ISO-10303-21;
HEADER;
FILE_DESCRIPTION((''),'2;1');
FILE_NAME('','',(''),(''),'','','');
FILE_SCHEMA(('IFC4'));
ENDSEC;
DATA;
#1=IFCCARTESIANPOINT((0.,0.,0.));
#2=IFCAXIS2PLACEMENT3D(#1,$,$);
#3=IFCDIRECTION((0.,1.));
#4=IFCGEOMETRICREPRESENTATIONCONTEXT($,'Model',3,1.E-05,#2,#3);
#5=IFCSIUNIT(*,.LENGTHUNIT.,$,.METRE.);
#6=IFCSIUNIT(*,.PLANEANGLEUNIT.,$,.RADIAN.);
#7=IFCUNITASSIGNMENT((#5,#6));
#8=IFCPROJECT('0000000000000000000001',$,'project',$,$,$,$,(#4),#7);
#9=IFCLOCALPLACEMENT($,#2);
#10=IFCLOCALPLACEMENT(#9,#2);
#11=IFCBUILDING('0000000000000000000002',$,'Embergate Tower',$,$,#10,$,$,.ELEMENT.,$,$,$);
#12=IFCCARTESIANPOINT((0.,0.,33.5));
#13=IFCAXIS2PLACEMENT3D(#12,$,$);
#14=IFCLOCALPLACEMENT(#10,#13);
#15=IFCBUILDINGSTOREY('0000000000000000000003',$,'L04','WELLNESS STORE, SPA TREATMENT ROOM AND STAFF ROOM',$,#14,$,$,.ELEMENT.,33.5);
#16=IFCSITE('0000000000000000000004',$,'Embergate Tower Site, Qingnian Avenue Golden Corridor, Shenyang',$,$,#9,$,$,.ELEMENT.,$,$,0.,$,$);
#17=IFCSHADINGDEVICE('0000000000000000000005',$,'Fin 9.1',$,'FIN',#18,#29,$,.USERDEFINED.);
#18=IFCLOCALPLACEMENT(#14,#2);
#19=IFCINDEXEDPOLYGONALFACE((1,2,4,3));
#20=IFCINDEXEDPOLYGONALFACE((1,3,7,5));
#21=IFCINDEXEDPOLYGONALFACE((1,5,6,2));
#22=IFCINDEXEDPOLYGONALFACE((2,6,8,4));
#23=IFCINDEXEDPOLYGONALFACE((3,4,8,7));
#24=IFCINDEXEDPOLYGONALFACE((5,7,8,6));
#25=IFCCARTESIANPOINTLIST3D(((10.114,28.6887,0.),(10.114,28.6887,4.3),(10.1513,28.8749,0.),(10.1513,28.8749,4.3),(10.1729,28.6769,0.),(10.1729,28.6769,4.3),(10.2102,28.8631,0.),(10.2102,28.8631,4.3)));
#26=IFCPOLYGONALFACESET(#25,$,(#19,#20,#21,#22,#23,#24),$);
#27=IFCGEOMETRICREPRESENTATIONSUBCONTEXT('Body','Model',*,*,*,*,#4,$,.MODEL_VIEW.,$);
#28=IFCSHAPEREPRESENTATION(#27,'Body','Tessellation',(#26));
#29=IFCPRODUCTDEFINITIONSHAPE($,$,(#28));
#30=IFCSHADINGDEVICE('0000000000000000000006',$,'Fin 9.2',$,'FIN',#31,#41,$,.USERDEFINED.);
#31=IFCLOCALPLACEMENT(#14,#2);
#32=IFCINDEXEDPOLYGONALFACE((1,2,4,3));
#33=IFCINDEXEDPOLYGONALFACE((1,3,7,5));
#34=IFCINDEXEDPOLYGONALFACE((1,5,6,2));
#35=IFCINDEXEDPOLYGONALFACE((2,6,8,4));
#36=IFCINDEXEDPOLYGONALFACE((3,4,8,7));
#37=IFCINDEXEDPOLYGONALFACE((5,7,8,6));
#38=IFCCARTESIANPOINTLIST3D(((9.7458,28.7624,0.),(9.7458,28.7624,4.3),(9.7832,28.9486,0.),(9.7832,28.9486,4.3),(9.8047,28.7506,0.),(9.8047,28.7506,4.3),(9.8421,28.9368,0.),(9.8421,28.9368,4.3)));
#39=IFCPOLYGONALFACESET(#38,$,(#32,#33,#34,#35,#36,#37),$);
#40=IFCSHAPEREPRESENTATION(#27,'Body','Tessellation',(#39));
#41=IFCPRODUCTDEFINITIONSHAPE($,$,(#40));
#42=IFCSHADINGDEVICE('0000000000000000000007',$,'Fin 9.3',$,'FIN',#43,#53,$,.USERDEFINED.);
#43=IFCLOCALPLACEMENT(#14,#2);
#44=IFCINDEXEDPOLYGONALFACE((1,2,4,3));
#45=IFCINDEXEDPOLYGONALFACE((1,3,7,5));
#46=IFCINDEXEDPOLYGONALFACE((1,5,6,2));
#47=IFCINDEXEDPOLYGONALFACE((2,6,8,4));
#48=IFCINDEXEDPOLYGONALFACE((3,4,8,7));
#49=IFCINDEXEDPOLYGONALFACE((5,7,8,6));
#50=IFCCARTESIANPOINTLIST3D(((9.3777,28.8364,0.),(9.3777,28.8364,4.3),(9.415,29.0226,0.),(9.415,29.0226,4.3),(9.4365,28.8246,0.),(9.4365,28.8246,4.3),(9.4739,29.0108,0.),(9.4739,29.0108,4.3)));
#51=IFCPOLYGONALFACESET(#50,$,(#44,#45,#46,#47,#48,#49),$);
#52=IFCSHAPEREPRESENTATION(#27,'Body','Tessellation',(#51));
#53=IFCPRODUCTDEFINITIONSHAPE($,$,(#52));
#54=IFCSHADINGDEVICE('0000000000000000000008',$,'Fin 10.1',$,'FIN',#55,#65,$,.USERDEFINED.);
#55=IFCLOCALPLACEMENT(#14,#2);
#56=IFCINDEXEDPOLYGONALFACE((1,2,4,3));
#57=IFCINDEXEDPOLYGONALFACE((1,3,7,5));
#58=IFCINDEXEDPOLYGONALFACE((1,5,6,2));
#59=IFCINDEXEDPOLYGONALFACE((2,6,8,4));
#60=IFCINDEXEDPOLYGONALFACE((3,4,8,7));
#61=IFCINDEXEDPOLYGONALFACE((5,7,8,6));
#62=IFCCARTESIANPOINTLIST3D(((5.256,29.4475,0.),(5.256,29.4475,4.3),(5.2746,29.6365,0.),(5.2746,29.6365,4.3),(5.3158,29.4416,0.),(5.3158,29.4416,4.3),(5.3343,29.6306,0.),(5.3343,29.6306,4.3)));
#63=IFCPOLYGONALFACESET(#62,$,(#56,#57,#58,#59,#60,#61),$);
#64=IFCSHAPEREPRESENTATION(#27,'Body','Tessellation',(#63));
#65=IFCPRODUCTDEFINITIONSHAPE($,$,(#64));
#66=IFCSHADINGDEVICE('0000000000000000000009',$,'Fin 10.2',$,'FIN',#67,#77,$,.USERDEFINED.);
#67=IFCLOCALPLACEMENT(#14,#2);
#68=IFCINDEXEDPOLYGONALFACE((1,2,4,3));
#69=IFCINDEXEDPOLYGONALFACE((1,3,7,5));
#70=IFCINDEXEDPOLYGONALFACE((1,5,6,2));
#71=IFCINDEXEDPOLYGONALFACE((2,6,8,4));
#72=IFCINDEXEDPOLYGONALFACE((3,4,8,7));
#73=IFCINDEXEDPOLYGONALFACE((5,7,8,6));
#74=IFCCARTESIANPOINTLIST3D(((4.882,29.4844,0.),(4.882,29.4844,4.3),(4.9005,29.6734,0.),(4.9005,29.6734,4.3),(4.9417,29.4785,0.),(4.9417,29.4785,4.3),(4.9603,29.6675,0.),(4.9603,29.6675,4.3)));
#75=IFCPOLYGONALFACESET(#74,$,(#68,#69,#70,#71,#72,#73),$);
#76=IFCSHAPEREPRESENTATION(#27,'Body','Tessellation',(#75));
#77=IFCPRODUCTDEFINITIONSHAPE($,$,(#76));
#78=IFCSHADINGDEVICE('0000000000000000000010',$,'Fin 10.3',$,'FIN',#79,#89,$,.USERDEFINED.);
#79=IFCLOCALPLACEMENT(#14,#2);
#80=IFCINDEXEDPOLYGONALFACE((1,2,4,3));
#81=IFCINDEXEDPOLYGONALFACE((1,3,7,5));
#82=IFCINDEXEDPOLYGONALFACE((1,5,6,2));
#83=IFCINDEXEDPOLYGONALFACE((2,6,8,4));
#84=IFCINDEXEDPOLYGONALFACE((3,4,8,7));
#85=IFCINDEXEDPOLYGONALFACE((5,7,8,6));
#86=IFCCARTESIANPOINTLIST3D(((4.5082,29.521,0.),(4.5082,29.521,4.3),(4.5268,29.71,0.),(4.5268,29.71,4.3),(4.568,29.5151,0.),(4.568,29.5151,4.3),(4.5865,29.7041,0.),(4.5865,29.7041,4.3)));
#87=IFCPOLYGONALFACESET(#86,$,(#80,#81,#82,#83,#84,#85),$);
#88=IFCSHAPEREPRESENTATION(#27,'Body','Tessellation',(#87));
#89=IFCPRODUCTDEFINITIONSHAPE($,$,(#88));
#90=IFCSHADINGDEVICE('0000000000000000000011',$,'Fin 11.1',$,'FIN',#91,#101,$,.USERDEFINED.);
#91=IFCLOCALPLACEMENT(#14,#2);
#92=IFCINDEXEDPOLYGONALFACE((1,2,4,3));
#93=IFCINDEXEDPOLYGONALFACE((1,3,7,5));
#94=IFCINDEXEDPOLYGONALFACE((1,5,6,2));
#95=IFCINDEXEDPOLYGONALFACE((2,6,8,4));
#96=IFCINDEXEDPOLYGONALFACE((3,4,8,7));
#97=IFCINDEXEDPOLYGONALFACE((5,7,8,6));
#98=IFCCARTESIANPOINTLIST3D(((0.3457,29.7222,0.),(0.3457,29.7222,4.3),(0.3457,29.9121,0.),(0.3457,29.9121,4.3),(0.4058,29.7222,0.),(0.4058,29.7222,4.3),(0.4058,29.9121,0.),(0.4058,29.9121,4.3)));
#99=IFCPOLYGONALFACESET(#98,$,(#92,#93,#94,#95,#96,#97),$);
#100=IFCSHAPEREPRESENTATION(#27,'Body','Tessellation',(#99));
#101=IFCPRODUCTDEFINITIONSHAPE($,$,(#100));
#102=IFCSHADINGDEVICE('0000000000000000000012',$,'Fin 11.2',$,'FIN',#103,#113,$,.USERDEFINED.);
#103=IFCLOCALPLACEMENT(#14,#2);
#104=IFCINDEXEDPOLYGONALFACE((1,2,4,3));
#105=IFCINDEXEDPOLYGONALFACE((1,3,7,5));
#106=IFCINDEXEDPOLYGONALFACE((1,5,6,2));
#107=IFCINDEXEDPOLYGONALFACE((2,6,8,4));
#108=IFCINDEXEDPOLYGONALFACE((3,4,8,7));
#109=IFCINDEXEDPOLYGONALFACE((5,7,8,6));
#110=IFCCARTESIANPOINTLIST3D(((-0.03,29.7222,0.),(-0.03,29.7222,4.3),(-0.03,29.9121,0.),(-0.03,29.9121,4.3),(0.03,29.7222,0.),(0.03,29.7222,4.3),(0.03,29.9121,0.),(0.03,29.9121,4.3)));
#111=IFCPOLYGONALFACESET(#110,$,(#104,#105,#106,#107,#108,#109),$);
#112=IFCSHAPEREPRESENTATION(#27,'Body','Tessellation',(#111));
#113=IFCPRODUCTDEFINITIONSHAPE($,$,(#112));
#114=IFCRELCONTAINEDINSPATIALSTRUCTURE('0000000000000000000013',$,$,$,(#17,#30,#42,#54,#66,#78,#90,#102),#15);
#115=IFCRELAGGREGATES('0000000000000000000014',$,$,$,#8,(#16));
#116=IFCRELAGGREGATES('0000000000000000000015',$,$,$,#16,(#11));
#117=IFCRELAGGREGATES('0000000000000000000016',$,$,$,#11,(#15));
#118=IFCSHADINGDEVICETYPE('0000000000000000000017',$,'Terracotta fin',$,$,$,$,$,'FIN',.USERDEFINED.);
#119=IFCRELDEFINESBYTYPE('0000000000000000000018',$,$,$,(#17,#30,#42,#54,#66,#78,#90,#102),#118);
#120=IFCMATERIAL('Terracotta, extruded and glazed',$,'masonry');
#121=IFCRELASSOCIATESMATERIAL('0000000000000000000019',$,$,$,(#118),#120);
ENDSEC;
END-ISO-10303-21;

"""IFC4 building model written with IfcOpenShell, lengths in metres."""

from ifc_helpers import new_model, si_unit, direction, frame, origin, origin_2d, place, context, subcontext, project, spatial, rectangle, extrude, source, transform, mapped, material, material_profile, profile_set, type_object, element, save


model = new_model("IFC4")

# Units and contexts
model_context = context("Model", 3, precision=1e-05, world=origin(), true_north=direction((0.0, 1.0)))
body_context = subcontext(model_context, "Body", "Model", "MODEL_VIEW")
ifc_project = project(units=[si_unit("LENGTHUNIT", "METRE"), si_unit("PLANEANGLEUNIT", "RADIAN")], contexts=[model_context])

# Site, building, storey
site_placement = place(None, origin())
site = spatial("IfcSite", under=ifc_project, at=site_placement, Name="Embergate Tower Site, Qingnian Avenue Golden Corridor, Shenyang", CompositionType="ELEMENT", RefElevation=0.0)
building_placement = place(site_placement, origin())
building = spatial("IfcBuilding", under=site, at=building_placement, Name="Embergate Tower", CompositionType="ELEMENT")
storey_placement = place(building_placement, frame((0.0, 0.0, 33.5)))
storey = spatial("IfcBuildingStorey", under=building, at=storey_placement, Name="L04", Description="WELLNESS STORE, SPA TREATMENT ROOM AND STAFF ROOM", CompositionType="ELEMENT", Elevation=33.5)

# Shading devices
ifc_material_1 = material(Name="Terracotta, extruded and glazed", Category="masonry")
ifc_material_profile_1 = material_profile(ifc_material_1, rectangle(XDim=0.1899, YDim=0.0601, at=origin_2d()), Name="TC 190x60")
ifc_profile_set_1 = profile_set([ifc_material_profile_1], Name="Terracotta, extruded and glazed")
shading_device_type = type_object("IfcShadingDeviceType", Name="Terracotta fin", ElementType="FIN", PredefinedType="USERDEFINED", material=ifc_profile_set_1)
shared_shape_1 = source(origin(), body_context, "Body", "SweptSolid", [
    extrude(rectangle(XDim=0.1899, YDim=0.0601, at=origin_2d()), origin(), (0.0, 0.0, 1.0), 4.3),
])
for number, where, z_axis, x_axis, name in (
    (1, (10.1621, 28.7759, 0.0), (0.0, 0.0, 1.0), (-0.196638, -0.980476, 0.0), "Fin 9.1"),
    (2, (9.7939, 28.8496, 0.0), (0.0, 0.0, 1.0), (-0.196638, -0.980476, 0.0), "Fin 9.2"),
    (3, (9.4258, 28.9236, 0.0), (0.0, 0.0, 1.0), (-0.196638, -0.980476, 0.0), "Fin 9.3"),
    (4, (5.2952, 29.5391, 0.0), (0.0, 0.0, 1.0), (-0.097828, -0.995203, 0.0), "Fin 10.1"),
    (5, (4.9211, 29.5759, 0.0), (0.0, 0.0, 1.0), (-0.097828, -0.995203, 0.0), "Fin 10.2"),
    (6, (4.5474, 29.6125, 0.0), (0.0, 0.0, 1.0), (-0.097828, -0.995203, 0.0), "Fin 10.3"),
    (7, (0.3757, 29.8171, 0.0), (0.0, 0.0, 1.0), (0.0, -1.0, 0.0), "Fin 11.1"),
    (8, (0.0, 29.8171, 0.0), (0.0, 0.0, 1.0), (0.0, -1.0, 0.0), "Fin 11.2"),
):
    element("IfcShadingDevice", number, at=place(storey_placement, frame(where, z_axis=z_axis, x_axis=x_axis)), inside=storey, type_object=shading_device_type, Name=name, ObjectType="FIN", PredefinedType="USERDEFINED", context=body_context, shape_type="MappedRepresentation", body=[
        mapped(shared_shape_1, transform((0.0, 0.0, 0.0))),
    ])

save(model, "model.ifc")
